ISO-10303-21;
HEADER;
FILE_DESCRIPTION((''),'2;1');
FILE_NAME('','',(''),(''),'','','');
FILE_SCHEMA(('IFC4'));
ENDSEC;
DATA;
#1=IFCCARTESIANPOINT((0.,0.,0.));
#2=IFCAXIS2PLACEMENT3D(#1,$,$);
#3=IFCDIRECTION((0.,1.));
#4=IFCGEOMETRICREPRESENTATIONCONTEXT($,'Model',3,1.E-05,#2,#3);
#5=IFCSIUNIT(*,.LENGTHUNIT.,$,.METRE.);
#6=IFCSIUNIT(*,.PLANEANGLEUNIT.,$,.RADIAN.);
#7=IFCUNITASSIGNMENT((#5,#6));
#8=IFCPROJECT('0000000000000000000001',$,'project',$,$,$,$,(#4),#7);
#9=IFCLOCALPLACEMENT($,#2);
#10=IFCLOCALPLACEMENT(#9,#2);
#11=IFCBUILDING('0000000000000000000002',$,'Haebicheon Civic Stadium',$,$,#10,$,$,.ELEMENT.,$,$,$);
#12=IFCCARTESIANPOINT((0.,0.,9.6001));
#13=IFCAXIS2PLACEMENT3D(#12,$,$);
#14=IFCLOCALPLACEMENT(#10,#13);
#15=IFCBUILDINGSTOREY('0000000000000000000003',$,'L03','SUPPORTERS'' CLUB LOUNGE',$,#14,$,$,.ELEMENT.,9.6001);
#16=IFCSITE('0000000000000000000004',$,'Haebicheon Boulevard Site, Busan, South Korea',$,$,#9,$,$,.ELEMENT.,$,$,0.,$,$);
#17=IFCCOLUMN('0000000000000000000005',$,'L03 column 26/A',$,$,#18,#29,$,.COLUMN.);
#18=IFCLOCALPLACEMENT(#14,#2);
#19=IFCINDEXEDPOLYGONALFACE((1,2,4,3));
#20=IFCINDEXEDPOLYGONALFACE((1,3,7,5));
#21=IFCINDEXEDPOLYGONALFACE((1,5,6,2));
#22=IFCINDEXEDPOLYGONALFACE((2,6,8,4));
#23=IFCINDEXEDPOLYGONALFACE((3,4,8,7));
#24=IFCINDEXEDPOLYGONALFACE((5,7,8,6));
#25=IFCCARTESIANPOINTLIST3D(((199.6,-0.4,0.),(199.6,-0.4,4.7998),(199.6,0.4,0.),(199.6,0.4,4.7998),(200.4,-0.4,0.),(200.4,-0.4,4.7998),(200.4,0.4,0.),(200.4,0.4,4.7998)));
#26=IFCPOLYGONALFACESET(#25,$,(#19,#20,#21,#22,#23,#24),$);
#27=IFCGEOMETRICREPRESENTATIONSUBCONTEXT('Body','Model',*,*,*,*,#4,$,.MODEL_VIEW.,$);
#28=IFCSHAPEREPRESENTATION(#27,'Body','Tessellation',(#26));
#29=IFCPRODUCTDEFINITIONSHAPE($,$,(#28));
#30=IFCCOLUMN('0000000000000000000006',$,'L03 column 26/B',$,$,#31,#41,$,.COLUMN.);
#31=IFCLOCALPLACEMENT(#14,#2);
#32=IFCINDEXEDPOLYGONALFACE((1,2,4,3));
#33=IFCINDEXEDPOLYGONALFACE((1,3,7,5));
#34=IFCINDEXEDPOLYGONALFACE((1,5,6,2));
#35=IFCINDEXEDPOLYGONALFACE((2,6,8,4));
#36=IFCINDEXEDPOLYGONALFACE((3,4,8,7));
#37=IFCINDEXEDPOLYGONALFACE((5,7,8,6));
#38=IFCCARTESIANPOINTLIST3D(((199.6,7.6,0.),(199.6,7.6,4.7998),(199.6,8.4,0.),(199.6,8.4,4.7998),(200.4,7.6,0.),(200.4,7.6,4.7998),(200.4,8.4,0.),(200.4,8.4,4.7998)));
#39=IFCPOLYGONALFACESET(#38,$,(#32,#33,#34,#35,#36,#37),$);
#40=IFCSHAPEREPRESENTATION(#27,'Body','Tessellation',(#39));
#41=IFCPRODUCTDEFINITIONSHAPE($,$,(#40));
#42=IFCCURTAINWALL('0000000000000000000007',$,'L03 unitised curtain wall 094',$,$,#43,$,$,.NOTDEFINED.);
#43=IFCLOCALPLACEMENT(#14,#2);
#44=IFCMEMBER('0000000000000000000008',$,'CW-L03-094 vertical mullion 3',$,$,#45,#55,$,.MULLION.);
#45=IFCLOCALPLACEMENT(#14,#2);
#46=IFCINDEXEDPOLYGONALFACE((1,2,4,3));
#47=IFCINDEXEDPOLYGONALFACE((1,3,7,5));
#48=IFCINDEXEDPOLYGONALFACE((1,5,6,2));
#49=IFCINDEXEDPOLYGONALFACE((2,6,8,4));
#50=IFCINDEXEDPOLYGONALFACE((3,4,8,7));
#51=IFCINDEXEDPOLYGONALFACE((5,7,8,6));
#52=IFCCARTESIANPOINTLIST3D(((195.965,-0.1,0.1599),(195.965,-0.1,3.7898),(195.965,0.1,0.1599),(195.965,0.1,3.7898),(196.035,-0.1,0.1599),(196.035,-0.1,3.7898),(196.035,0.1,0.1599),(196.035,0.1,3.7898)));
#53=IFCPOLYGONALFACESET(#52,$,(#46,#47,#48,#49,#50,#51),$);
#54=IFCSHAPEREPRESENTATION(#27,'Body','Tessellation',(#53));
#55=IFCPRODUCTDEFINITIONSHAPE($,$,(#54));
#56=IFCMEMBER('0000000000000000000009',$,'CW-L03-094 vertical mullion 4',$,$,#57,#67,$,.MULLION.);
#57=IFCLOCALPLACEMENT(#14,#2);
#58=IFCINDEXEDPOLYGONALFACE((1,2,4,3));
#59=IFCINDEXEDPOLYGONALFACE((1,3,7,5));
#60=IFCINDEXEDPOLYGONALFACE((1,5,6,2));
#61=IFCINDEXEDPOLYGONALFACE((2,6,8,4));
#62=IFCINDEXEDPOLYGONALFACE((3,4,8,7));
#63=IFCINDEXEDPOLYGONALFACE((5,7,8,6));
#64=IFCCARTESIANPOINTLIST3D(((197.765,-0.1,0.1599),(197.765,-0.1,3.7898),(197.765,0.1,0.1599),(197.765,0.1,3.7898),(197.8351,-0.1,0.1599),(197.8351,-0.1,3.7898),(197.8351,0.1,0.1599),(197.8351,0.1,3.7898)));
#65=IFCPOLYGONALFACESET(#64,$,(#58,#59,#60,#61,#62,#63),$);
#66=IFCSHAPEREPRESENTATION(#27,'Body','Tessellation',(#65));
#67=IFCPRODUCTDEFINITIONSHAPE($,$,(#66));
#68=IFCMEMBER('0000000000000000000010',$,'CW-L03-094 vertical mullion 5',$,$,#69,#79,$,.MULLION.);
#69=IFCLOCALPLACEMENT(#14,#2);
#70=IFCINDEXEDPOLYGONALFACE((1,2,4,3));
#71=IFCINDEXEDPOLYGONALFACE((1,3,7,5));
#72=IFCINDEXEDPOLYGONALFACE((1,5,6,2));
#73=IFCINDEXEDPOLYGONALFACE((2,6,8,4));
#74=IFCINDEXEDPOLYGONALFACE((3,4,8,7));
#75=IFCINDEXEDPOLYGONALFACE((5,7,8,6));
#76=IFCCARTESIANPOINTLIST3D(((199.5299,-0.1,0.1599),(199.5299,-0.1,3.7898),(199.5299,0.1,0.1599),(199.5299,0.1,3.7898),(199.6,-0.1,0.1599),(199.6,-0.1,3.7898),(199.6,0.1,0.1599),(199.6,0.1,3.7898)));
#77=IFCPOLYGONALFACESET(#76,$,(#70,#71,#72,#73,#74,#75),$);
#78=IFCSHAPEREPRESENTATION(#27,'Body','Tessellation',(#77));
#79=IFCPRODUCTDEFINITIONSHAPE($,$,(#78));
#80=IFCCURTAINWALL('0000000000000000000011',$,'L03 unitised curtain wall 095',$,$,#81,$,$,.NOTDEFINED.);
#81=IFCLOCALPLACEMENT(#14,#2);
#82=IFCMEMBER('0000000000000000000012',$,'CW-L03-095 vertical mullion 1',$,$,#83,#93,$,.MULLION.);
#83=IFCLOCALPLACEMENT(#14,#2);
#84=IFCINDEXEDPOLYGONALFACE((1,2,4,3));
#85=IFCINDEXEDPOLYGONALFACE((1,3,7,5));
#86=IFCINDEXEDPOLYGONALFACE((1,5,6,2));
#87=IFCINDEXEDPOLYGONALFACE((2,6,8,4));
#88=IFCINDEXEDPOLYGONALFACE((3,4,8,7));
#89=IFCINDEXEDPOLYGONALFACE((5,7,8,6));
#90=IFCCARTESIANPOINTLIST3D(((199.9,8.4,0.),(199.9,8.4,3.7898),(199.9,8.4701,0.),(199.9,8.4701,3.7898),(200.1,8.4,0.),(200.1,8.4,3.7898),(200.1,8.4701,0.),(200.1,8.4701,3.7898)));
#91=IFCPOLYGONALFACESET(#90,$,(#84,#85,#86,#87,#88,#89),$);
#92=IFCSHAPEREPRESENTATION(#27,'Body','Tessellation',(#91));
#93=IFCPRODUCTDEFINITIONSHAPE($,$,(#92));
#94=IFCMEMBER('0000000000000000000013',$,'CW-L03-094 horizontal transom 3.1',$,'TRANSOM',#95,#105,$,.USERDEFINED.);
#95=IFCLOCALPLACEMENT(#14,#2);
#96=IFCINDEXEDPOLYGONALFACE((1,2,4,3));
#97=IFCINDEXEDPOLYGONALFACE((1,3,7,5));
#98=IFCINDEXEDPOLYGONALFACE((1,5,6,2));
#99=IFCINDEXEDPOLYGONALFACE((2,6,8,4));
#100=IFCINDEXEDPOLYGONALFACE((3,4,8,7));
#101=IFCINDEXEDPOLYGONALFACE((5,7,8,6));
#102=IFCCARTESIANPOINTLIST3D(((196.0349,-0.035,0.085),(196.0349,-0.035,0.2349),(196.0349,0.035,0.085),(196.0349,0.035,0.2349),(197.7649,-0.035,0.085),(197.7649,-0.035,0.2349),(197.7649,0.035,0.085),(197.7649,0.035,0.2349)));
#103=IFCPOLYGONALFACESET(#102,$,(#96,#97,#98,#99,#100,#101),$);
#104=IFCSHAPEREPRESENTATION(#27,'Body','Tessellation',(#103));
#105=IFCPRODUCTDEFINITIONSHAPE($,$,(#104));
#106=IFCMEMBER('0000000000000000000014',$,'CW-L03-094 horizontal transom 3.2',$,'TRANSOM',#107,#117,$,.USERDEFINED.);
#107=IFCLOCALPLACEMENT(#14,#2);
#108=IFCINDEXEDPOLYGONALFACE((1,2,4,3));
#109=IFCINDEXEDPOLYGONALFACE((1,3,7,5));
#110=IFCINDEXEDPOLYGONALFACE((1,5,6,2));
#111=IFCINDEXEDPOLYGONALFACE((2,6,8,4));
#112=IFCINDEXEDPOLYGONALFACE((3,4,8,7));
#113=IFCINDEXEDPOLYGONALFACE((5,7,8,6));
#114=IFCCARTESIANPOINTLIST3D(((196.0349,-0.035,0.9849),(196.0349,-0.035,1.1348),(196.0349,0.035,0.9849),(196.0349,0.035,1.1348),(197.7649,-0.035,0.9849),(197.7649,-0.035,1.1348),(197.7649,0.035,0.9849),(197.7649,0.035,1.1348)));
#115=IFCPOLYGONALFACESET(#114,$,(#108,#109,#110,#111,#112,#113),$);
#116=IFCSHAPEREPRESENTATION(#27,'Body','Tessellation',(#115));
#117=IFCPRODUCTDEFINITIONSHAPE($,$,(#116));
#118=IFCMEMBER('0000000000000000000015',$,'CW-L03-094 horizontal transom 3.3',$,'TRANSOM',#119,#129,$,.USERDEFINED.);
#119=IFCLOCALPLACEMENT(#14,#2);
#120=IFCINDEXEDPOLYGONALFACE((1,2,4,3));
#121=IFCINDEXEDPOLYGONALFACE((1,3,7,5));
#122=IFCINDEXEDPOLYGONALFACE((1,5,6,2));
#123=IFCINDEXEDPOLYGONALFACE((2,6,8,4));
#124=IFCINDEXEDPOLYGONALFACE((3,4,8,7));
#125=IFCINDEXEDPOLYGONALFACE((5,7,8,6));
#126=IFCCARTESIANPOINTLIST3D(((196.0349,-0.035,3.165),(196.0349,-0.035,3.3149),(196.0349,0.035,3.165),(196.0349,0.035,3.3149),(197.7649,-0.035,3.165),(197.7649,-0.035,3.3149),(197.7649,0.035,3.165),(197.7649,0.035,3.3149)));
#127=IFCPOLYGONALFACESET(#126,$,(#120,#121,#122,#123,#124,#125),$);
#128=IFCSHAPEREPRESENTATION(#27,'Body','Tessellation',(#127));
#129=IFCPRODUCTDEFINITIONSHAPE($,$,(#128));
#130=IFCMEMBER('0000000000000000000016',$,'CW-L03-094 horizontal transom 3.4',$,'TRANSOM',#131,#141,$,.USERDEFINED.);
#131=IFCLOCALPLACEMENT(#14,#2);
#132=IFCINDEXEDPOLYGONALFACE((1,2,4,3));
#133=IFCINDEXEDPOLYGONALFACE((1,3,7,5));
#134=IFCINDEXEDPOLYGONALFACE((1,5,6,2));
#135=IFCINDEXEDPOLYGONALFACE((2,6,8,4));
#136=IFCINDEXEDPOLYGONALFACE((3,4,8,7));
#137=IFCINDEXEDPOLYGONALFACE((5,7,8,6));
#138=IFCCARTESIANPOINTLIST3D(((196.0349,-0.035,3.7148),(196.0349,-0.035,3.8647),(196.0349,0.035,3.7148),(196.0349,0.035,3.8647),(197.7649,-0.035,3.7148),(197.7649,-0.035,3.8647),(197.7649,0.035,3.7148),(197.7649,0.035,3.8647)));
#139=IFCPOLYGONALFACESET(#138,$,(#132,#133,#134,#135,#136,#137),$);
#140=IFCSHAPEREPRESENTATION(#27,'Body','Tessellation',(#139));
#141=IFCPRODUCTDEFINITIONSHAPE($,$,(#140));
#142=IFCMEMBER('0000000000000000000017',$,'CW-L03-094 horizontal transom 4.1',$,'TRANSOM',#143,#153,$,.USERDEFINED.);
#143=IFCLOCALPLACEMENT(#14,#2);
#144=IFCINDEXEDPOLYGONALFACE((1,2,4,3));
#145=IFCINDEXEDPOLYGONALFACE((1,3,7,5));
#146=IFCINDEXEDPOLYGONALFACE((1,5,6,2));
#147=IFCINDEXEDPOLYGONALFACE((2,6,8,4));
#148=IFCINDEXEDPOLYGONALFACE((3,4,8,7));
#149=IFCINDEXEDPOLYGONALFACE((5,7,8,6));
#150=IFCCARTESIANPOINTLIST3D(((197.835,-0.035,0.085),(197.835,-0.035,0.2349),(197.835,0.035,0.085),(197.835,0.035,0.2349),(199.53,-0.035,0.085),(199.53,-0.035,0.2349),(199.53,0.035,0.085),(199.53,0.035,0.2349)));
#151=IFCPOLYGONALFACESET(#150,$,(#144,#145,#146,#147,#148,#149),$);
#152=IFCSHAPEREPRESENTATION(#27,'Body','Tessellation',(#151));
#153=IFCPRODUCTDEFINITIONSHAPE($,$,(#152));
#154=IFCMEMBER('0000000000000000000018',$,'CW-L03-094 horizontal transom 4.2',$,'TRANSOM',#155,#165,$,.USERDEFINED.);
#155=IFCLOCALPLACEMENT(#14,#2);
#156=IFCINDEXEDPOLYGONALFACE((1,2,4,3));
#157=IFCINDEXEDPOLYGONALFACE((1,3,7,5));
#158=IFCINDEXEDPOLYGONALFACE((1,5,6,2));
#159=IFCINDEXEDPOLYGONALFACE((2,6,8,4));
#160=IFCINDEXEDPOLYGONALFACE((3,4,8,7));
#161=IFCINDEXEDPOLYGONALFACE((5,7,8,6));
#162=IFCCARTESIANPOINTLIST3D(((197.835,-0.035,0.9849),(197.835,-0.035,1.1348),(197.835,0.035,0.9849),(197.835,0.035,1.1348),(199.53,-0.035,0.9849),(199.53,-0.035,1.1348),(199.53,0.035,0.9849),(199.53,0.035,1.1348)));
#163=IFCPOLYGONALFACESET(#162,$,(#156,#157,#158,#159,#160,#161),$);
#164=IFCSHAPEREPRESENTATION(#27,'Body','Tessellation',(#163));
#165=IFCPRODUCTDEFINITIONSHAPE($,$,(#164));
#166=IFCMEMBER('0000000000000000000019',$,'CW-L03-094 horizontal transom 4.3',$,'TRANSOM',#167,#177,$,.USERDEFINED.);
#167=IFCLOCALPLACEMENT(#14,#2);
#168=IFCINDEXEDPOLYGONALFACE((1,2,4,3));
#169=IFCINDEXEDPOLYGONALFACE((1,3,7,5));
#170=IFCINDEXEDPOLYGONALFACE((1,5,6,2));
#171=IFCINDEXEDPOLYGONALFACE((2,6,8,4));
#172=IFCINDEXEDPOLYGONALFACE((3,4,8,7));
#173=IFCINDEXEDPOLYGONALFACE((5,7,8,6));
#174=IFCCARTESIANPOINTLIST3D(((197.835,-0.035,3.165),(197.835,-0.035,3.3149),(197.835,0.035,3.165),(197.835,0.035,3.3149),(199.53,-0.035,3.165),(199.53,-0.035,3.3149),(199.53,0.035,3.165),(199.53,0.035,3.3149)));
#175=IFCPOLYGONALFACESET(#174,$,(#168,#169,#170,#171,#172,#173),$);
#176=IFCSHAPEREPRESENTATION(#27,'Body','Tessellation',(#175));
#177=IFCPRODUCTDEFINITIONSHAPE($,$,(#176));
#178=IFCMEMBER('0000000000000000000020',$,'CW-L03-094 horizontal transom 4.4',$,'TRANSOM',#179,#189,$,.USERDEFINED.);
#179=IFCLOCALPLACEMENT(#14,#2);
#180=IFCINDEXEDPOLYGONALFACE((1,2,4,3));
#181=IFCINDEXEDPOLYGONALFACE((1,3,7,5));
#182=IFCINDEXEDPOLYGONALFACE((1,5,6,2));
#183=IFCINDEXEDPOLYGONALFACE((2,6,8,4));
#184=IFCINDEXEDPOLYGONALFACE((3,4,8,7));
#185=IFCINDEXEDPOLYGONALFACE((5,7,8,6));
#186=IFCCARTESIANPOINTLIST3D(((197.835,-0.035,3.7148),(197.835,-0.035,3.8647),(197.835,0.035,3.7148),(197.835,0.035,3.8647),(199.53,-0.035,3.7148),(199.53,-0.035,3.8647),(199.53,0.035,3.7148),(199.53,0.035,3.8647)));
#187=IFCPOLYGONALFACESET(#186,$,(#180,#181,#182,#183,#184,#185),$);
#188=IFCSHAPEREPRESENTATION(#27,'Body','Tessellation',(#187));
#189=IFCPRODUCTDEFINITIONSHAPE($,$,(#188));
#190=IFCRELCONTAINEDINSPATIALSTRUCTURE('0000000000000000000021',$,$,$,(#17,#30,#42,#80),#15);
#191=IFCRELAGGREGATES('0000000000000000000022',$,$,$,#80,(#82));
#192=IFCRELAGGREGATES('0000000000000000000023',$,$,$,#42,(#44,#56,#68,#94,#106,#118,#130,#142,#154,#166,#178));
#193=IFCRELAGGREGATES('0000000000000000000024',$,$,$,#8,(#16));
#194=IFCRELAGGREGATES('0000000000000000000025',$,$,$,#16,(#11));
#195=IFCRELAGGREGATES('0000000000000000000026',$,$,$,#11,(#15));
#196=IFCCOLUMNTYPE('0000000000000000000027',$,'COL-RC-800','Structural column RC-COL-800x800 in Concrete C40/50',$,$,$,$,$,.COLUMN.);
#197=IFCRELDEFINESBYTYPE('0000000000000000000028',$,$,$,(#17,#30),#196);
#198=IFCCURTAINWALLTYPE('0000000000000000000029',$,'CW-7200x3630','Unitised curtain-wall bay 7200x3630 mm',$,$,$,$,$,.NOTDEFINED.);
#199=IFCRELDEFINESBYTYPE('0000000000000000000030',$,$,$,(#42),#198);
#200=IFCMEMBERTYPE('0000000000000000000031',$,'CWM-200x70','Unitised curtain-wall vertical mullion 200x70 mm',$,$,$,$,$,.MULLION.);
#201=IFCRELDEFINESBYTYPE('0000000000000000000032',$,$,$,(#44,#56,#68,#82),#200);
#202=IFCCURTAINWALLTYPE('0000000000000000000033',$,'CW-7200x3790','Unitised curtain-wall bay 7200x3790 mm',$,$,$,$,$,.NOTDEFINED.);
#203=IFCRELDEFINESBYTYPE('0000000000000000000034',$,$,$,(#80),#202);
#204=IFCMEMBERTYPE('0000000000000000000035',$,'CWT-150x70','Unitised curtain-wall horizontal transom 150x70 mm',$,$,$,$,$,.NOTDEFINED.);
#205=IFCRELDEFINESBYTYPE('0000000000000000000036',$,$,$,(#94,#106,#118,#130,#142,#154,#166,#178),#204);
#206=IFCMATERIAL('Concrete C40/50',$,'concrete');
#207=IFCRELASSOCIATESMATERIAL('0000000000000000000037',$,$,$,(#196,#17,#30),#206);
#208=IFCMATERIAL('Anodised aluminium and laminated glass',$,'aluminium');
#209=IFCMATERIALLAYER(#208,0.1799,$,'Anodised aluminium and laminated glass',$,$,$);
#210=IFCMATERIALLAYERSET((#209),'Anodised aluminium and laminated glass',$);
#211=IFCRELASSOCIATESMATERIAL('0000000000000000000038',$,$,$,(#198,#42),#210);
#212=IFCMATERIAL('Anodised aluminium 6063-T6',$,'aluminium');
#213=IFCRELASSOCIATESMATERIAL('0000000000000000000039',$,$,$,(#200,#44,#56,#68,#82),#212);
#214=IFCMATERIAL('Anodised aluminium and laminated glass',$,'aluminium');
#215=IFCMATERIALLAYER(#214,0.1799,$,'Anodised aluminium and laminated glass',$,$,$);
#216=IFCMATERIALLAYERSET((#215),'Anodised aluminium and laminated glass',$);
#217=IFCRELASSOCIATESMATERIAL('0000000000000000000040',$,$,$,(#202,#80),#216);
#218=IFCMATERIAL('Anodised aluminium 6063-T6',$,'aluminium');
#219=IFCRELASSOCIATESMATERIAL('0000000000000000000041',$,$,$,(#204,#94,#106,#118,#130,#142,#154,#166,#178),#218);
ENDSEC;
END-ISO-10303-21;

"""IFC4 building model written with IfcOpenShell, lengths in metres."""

from ifc_helpers import new_model, si_unit, direction, frame, origin, origin_2d, place, context, subcontext, project, spatial, rectangle, extrude, material, layer, layer_set, material_profile, profile_set, type_object, element, aggregate, save


model = new_model("IFC4")

# Units and contexts
model_context = context("Model", 3, precision=1e-05, world=origin(), true_north=direction((0.0, 1.0)))
body_context = subcontext(model_context, "Body", "Model", "MODEL_VIEW")
ifc_project = project(units=[si_unit("LENGTHUNIT", "METRE"), si_unit("PLANEANGLEUNIT", "RADIAN")], contexts=[model_context])

# Site, building, storey
site_placement = place(None, origin())
site = spatial("IfcSite", under=ifc_project, at=site_placement, Name="Haebicheon Boulevard Site, Busan, South Korea", CompositionType="ELEMENT", RefElevation=0.0)
building_placement = place(site_placement, origin())
building = spatial("IfcBuilding", under=site, at=building_placement, Name="Haebicheon Civic Stadium", CompositionType="ELEMENT")
storey_placement = place(building_placement, frame((0.0, 0.0, 9.6001)))
storey = spatial("IfcBuildingStorey", under=building, at=storey_placement, Name="L03", Description="SUPPORTERS' CLUB LOUNGE", CompositionType="ELEMENT", Elevation=9.6001)

# Columns
ifc_material_1 = material(Name="Concrete C40/50", Category="concrete")
ifc_material_profile_1 = material_profile(ifc_material_1, rectangle(XDim=0.8, YDim=0.8, at=origin_2d()), Name="RC-COL-800x800")
ifc_profile_set_1 = profile_set([ifc_material_profile_1], Name="Concrete C40/50")
column_type = type_object("IfcColumnType", Name="COL-RC-800", Description="Structural column RC-COL-800x800 in Concrete C40/50", PredefinedType="COLUMN", material=ifc_profile_set_1)
for number, where, z_axis, x_axis, name in (
    (1, (200.0, 0.0, 0.0), (0.0, 0.0, 1.0), (1.0, 0.0, 0.0), "L03 column 26/A"),
    (2, (200.0, 8.0, 0.0), (0.0, 0.0, 1.0), (1.0, 0.0, 0.0), "L03 column 26/B"),
):
    element("IfcColumn", number, at=place(storey_placement, frame(where, z_axis=z_axis, x_axis=x_axis)), inside=storey, type_object=column_type, material=ifc_profile_set_1, Name=name, PredefinedType="COLUMN", context=body_context, shape_type="SweptSolid", body=[
        extrude(rectangle(XDim=0.8, YDim=0.8, at=origin_2d()), origin(), (0.0, 0.0, 1.0), 4.7998),
    ])

# Curtain wall, members
ifc_material_2 = material(Name="Anodised aluminium and laminated glass", Category="aluminium")
ifc_layer_1 = layer(ifc_material_2, 0.1799, Name="Anodised aluminium and laminated glass")
ifc_layer_set_1 = layer_set([ifc_layer_1], Name="Anodised aluminium and laminated glass")
curtain_wall_type_1 = type_object("IfcCurtainWallType", Name="CW-7200x3630", Description="Unitised curtain-wall bay 7200x3630 mm", PredefinedType="NOTDEFINED", material=ifc_layer_set_1)
curtain_wall_1_placement = place(storey_placement, origin())
curtain_wall_1 = element("IfcCurtainWall", 3, at=curtain_wall_1_placement, inside=storey, type_object=curtain_wall_type_1, material=ifc_layer_set_1, Name="L03 unitised curtain wall 094", PredefinedType="NOTDEFINED")
ifc_material_3 = material(Name="Anodised aluminium 6063-T6", Category="aluminium")
ifc_material_profile_2 = material_profile(ifc_material_3, rectangle(XDim=0.0701, YDim=0.2, at=origin_2d()), Name="ALU-MULL-70x200")
ifc_profile_set_2 = profile_set([ifc_material_profile_2], Name="Anodised aluminium 6063-T6")
member_type_1 = type_object("IfcMemberType", Name="CWM-200x70", Description="Unitised curtain-wall vertical mullion 200x70 mm", PredefinedType="MULLION", material=ifc_profile_set_2)
member_1_placement = place(storey_placement, frame((196.0, 0.0, 0.1599), z_axis=(0.0, 0.0, 1.0), x_axis=(1.0, 0.0, 0.0)))
member_1 = element("IfcMember", 4, at=member_1_placement, type_object=member_type_1, material=ifc_profile_set_2, Name="CW-L03-094 vertical mullion 3", PredefinedType="MULLION", context=body_context, shape_type="SweptSolid", body=[
    extrude(rectangle(XDim=0.0701, YDim=0.2, at=origin_2d()), origin(), (0.0, 0.0, 1.0), 3.6299),
])
member_2_placement = place(storey_placement, frame((197.8, 0.0, 0.1599), z_axis=(0.0, 0.0, 1.0), x_axis=(1.0, 0.0, 0.0)))
member_2 = element("IfcMember", 5, at=member_2_placement, type_object=member_type_1, material=ifc_profile_set_2, Name="CW-L03-094 vertical mullion 4", PredefinedType="MULLION", context=body_context, shape_type="SweptSolid", body=[
    extrude(rectangle(XDim=0.0701, YDim=0.2, at=origin_2d()), origin(), (0.0, 0.0, 1.0), 3.6299),
])
member_3_placement = place(storey_placement, frame((199.5649, 0.0, 0.1599), z_axis=(0.0, 0.0, 1.0), x_axis=(1.0, 0.0, 0.0)))
member_3 = element("IfcMember", 6, at=member_3_placement, type_object=member_type_1, material=ifc_profile_set_2, Name="CW-L03-094 vertical mullion 5", PredefinedType="MULLION", context=body_context, shape_type="SweptSolid", body=[
    extrude(rectangle(XDim=0.0701, YDim=0.2, at=origin_2d()), origin(), (0.0, 0.0, 1.0), 3.6299),
])

# Curtain wall, member
ifc_material_4 = material(Name="Anodised aluminium and laminated glass", Category="aluminium")
ifc_layer_2 = layer(ifc_material_4, 0.1799, Name="Anodised aluminium and laminated glass")
ifc_layer_set_2 = layer_set([ifc_layer_2], Name="Anodised aluminium and laminated glass")
curtain_wall_type_2 = type_object("IfcCurtainWallType", Name="CW-7200x3790", Description="Unitised curtain-wall bay 7200x3790 mm", PredefinedType="NOTDEFINED", material=ifc_layer_set_2)
curtain_wall_2_placement = place(storey_placement, origin())
curtain_wall_2 = element("IfcCurtainWall", 7, at=curtain_wall_2_placement, inside=storey, type_object=curtain_wall_type_2, material=ifc_layer_set_2, Name="L03 unitised curtain wall 095", PredefinedType="NOTDEFINED")
member_4_placement = place(storey_placement, frame((200.0, 8.4351, 0.0), z_axis=(0.0, 0.0, 1.0), x_axis=(0.0, 1.0, 0.0)))
member_4 = element("IfcMember", 8, at=member_4_placement, type_object=member_type_1, material=ifc_profile_set_2, Name="CW-L03-095 vertical mullion 1", PredefinedType="MULLION", context=body_context, shape_type="SweptSolid", body=[
    extrude(rectangle(XDim=0.0701, YDim=0.2, at=origin_2d()), origin(), (0.0, 0.0, 1.0), 3.7898),
])

# Members
ifc_material_5 = material(Name="Anodised aluminium 6063-T6", Category="aluminium")
ifc_material_profile_3 = material_profile(ifc_material_5, rectangle(XDim=0.0701, YDim=0.1499, at=origin_2d()), Name="ALU-TRAN-70x150")
ifc_profile_set_3 = profile_set([ifc_material_profile_3], Name="Anodised aluminium 6063-T6")
member_type_2 = type_object("IfcMemberType", Name="CWT-150x70", Description="Unitised curtain-wall horizontal transom 150x70 mm", PredefinedType="NOTDEFINED", material=ifc_profile_set_3)
member_5_placement = place(storey_placement, frame((196.0349, 0.0, 0.1599), z_axis=(1.0, 0.0, 0.0), x_axis=(0.0, 1.0, 0.0)))
member_5 = element("IfcMember", 9, at=member_5_placement, type_object=member_type_2, material=ifc_profile_set_3, Name="CW-L03-094 horizontal transom 3.1", ObjectType="TRANSOM", PredefinedType="USERDEFINED", context=body_context, shape_type="SweptSolid", body=[
    extrude(rectangle(XDim=0.0701, YDim=0.1499, at=origin_2d()), origin(), (0.0, 0.0, 1.0), 1.73),
])
member_6_placement = place(storey_placement, frame((196.0349, 0.0, 1.0598), z_axis=(1.0, 0.0, 0.0), x_axis=(0.0, 1.0, 0.0)))
member_6 = element("IfcMember", 10, at=member_6_placement, type_object=member_type_2, material=ifc_profile_set_3, Name="CW-L03-094 horizontal transom 3.2", ObjectType="TRANSOM", PredefinedType="USERDEFINED", context=body_context, shape_type="SweptSolid", body=[
    extrude(rectangle(XDim=0.0701, YDim=0.1499, at=origin_2d()), origin(), (0.0, 0.0, 1.0), 1.73),
])
member_7_placement = place(storey_placement, frame((196.0349, 0.0, 3.24), z_axis=(1.0, 0.0, 0.0), x_axis=(0.0, 1.0, 0.0)))
member_7 = element("IfcMember", 11, at=member_7_placement, type_object=member_type_2, material=ifc_profile_set_3, Name="CW-L03-094 horizontal transom 3.3", ObjectType="TRANSOM", PredefinedType="USERDEFINED", context=body_context, shape_type="SweptSolid", body=[
    extrude(rectangle(XDim=0.0701, YDim=0.1499, at=origin_2d()), origin(), (0.0, 0.0, 1.0), 1.73),
])
member_8_placement = place(storey_placement, frame((196.0349, 0.0, 3.7898), z_axis=(1.0, 0.0, 0.0), x_axis=(0.0, 1.0, 0.0)))
member_8 = element("IfcMember", 12, at=member_8_placement, type_object=member_type_2, material=ifc_profile_set_3, Name="CW-L03-094 horizontal transom 3.4", ObjectType="TRANSOM", PredefinedType="USERDEFINED", context=body_context, shape_type="SweptSolid", body=[
    extrude(rectangle(XDim=0.0701, YDim=0.1499, at=origin_2d()), origin(), (0.0, 0.0, 1.0), 1.73),
])
member_9_placement = place(storey_placement, frame((197.835, 0.0, 0.1599), z_axis=(1.0, 0.0, 0.0), x_axis=(0.0, 1.0, 0.0)))
member_9 = element("IfcMember", 13, at=member_9_placement, type_object=member_type_2, material=ifc_profile_set_3, Name="CW-L03-094 horizontal transom 4.1", ObjectType="TRANSOM", PredefinedType="USERDEFINED", context=body_context, shape_type="SweptSolid", body=[
    extrude(rectangle(XDim=0.0701, YDim=0.1499, at=origin_2d()), origin(), (0.0, 0.0, 1.0), 1.6951),
])
member_10_placement = place(storey_placement, frame((197.835, 0.0, 1.0598), z_axis=(1.0, 0.0, 0.0), x_axis=(0.0, 1.0, 0.0)))
member_10 = element("IfcMember", 14, at=member_10_placement, type_object=member_type_2, material=ifc_profile_set_3, Name="CW-L03-094 horizontal transom 4.2", ObjectType="TRANSOM", PredefinedType="USERDEFINED", context=body_context, shape_type="SweptSolid", body=[
    extrude(rectangle(XDim=0.0701, YDim=0.1499, at=origin_2d()), origin(), (0.0, 0.0, 1.0), 1.6951),
])
member_11_placement = place(storey_placement, frame((197.835, 0.0, 3.24), z_axis=(1.0, 0.0, 0.0), x_axis=(0.0, 1.0, 0.0)))
member_11 = element("IfcMember", 15, at=member_11_placement, type_object=member_type_2, material=ifc_profile_set_3, Name="CW-L03-094 horizontal transom 4.3", ObjectType="TRANSOM", PredefinedType="USERDEFINED", context=body_context, shape_type="SweptSolid", body=[
    extrude(rectangle(XDim=0.0701, YDim=0.1499, at=origin_2d()), origin(), (0.0, 0.0, 1.0), 1.6951),
])
member_12_placement = place(storey_placement, frame((197.835, 0.0, 3.7898), z_axis=(1.0, 0.0, 0.0), x_axis=(0.0, 1.0, 0.0)))
member_12 = element("IfcMember", 16, at=member_12_placement, type_object=member_type_2, material=ifc_profile_set_3, Name="CW-L03-094 horizontal transom 4.4", ObjectType="TRANSOM", PredefinedType="USERDEFINED", context=body_context, shape_type="SweptSolid", body=[
    extrude(rectangle(XDim=0.0701, YDim=0.1499, at=origin_2d()), origin(), (0.0, 0.0, 1.0), 1.6951),
])
aggregate(curtain_wall_2, [member_4])

aggregate(curtain_wall_1, [member_1, member_2, member_3, member_5, member_6, member_7, member_8, member_9, member_10, member_11, member_12])

save(model, "model.ifc")
